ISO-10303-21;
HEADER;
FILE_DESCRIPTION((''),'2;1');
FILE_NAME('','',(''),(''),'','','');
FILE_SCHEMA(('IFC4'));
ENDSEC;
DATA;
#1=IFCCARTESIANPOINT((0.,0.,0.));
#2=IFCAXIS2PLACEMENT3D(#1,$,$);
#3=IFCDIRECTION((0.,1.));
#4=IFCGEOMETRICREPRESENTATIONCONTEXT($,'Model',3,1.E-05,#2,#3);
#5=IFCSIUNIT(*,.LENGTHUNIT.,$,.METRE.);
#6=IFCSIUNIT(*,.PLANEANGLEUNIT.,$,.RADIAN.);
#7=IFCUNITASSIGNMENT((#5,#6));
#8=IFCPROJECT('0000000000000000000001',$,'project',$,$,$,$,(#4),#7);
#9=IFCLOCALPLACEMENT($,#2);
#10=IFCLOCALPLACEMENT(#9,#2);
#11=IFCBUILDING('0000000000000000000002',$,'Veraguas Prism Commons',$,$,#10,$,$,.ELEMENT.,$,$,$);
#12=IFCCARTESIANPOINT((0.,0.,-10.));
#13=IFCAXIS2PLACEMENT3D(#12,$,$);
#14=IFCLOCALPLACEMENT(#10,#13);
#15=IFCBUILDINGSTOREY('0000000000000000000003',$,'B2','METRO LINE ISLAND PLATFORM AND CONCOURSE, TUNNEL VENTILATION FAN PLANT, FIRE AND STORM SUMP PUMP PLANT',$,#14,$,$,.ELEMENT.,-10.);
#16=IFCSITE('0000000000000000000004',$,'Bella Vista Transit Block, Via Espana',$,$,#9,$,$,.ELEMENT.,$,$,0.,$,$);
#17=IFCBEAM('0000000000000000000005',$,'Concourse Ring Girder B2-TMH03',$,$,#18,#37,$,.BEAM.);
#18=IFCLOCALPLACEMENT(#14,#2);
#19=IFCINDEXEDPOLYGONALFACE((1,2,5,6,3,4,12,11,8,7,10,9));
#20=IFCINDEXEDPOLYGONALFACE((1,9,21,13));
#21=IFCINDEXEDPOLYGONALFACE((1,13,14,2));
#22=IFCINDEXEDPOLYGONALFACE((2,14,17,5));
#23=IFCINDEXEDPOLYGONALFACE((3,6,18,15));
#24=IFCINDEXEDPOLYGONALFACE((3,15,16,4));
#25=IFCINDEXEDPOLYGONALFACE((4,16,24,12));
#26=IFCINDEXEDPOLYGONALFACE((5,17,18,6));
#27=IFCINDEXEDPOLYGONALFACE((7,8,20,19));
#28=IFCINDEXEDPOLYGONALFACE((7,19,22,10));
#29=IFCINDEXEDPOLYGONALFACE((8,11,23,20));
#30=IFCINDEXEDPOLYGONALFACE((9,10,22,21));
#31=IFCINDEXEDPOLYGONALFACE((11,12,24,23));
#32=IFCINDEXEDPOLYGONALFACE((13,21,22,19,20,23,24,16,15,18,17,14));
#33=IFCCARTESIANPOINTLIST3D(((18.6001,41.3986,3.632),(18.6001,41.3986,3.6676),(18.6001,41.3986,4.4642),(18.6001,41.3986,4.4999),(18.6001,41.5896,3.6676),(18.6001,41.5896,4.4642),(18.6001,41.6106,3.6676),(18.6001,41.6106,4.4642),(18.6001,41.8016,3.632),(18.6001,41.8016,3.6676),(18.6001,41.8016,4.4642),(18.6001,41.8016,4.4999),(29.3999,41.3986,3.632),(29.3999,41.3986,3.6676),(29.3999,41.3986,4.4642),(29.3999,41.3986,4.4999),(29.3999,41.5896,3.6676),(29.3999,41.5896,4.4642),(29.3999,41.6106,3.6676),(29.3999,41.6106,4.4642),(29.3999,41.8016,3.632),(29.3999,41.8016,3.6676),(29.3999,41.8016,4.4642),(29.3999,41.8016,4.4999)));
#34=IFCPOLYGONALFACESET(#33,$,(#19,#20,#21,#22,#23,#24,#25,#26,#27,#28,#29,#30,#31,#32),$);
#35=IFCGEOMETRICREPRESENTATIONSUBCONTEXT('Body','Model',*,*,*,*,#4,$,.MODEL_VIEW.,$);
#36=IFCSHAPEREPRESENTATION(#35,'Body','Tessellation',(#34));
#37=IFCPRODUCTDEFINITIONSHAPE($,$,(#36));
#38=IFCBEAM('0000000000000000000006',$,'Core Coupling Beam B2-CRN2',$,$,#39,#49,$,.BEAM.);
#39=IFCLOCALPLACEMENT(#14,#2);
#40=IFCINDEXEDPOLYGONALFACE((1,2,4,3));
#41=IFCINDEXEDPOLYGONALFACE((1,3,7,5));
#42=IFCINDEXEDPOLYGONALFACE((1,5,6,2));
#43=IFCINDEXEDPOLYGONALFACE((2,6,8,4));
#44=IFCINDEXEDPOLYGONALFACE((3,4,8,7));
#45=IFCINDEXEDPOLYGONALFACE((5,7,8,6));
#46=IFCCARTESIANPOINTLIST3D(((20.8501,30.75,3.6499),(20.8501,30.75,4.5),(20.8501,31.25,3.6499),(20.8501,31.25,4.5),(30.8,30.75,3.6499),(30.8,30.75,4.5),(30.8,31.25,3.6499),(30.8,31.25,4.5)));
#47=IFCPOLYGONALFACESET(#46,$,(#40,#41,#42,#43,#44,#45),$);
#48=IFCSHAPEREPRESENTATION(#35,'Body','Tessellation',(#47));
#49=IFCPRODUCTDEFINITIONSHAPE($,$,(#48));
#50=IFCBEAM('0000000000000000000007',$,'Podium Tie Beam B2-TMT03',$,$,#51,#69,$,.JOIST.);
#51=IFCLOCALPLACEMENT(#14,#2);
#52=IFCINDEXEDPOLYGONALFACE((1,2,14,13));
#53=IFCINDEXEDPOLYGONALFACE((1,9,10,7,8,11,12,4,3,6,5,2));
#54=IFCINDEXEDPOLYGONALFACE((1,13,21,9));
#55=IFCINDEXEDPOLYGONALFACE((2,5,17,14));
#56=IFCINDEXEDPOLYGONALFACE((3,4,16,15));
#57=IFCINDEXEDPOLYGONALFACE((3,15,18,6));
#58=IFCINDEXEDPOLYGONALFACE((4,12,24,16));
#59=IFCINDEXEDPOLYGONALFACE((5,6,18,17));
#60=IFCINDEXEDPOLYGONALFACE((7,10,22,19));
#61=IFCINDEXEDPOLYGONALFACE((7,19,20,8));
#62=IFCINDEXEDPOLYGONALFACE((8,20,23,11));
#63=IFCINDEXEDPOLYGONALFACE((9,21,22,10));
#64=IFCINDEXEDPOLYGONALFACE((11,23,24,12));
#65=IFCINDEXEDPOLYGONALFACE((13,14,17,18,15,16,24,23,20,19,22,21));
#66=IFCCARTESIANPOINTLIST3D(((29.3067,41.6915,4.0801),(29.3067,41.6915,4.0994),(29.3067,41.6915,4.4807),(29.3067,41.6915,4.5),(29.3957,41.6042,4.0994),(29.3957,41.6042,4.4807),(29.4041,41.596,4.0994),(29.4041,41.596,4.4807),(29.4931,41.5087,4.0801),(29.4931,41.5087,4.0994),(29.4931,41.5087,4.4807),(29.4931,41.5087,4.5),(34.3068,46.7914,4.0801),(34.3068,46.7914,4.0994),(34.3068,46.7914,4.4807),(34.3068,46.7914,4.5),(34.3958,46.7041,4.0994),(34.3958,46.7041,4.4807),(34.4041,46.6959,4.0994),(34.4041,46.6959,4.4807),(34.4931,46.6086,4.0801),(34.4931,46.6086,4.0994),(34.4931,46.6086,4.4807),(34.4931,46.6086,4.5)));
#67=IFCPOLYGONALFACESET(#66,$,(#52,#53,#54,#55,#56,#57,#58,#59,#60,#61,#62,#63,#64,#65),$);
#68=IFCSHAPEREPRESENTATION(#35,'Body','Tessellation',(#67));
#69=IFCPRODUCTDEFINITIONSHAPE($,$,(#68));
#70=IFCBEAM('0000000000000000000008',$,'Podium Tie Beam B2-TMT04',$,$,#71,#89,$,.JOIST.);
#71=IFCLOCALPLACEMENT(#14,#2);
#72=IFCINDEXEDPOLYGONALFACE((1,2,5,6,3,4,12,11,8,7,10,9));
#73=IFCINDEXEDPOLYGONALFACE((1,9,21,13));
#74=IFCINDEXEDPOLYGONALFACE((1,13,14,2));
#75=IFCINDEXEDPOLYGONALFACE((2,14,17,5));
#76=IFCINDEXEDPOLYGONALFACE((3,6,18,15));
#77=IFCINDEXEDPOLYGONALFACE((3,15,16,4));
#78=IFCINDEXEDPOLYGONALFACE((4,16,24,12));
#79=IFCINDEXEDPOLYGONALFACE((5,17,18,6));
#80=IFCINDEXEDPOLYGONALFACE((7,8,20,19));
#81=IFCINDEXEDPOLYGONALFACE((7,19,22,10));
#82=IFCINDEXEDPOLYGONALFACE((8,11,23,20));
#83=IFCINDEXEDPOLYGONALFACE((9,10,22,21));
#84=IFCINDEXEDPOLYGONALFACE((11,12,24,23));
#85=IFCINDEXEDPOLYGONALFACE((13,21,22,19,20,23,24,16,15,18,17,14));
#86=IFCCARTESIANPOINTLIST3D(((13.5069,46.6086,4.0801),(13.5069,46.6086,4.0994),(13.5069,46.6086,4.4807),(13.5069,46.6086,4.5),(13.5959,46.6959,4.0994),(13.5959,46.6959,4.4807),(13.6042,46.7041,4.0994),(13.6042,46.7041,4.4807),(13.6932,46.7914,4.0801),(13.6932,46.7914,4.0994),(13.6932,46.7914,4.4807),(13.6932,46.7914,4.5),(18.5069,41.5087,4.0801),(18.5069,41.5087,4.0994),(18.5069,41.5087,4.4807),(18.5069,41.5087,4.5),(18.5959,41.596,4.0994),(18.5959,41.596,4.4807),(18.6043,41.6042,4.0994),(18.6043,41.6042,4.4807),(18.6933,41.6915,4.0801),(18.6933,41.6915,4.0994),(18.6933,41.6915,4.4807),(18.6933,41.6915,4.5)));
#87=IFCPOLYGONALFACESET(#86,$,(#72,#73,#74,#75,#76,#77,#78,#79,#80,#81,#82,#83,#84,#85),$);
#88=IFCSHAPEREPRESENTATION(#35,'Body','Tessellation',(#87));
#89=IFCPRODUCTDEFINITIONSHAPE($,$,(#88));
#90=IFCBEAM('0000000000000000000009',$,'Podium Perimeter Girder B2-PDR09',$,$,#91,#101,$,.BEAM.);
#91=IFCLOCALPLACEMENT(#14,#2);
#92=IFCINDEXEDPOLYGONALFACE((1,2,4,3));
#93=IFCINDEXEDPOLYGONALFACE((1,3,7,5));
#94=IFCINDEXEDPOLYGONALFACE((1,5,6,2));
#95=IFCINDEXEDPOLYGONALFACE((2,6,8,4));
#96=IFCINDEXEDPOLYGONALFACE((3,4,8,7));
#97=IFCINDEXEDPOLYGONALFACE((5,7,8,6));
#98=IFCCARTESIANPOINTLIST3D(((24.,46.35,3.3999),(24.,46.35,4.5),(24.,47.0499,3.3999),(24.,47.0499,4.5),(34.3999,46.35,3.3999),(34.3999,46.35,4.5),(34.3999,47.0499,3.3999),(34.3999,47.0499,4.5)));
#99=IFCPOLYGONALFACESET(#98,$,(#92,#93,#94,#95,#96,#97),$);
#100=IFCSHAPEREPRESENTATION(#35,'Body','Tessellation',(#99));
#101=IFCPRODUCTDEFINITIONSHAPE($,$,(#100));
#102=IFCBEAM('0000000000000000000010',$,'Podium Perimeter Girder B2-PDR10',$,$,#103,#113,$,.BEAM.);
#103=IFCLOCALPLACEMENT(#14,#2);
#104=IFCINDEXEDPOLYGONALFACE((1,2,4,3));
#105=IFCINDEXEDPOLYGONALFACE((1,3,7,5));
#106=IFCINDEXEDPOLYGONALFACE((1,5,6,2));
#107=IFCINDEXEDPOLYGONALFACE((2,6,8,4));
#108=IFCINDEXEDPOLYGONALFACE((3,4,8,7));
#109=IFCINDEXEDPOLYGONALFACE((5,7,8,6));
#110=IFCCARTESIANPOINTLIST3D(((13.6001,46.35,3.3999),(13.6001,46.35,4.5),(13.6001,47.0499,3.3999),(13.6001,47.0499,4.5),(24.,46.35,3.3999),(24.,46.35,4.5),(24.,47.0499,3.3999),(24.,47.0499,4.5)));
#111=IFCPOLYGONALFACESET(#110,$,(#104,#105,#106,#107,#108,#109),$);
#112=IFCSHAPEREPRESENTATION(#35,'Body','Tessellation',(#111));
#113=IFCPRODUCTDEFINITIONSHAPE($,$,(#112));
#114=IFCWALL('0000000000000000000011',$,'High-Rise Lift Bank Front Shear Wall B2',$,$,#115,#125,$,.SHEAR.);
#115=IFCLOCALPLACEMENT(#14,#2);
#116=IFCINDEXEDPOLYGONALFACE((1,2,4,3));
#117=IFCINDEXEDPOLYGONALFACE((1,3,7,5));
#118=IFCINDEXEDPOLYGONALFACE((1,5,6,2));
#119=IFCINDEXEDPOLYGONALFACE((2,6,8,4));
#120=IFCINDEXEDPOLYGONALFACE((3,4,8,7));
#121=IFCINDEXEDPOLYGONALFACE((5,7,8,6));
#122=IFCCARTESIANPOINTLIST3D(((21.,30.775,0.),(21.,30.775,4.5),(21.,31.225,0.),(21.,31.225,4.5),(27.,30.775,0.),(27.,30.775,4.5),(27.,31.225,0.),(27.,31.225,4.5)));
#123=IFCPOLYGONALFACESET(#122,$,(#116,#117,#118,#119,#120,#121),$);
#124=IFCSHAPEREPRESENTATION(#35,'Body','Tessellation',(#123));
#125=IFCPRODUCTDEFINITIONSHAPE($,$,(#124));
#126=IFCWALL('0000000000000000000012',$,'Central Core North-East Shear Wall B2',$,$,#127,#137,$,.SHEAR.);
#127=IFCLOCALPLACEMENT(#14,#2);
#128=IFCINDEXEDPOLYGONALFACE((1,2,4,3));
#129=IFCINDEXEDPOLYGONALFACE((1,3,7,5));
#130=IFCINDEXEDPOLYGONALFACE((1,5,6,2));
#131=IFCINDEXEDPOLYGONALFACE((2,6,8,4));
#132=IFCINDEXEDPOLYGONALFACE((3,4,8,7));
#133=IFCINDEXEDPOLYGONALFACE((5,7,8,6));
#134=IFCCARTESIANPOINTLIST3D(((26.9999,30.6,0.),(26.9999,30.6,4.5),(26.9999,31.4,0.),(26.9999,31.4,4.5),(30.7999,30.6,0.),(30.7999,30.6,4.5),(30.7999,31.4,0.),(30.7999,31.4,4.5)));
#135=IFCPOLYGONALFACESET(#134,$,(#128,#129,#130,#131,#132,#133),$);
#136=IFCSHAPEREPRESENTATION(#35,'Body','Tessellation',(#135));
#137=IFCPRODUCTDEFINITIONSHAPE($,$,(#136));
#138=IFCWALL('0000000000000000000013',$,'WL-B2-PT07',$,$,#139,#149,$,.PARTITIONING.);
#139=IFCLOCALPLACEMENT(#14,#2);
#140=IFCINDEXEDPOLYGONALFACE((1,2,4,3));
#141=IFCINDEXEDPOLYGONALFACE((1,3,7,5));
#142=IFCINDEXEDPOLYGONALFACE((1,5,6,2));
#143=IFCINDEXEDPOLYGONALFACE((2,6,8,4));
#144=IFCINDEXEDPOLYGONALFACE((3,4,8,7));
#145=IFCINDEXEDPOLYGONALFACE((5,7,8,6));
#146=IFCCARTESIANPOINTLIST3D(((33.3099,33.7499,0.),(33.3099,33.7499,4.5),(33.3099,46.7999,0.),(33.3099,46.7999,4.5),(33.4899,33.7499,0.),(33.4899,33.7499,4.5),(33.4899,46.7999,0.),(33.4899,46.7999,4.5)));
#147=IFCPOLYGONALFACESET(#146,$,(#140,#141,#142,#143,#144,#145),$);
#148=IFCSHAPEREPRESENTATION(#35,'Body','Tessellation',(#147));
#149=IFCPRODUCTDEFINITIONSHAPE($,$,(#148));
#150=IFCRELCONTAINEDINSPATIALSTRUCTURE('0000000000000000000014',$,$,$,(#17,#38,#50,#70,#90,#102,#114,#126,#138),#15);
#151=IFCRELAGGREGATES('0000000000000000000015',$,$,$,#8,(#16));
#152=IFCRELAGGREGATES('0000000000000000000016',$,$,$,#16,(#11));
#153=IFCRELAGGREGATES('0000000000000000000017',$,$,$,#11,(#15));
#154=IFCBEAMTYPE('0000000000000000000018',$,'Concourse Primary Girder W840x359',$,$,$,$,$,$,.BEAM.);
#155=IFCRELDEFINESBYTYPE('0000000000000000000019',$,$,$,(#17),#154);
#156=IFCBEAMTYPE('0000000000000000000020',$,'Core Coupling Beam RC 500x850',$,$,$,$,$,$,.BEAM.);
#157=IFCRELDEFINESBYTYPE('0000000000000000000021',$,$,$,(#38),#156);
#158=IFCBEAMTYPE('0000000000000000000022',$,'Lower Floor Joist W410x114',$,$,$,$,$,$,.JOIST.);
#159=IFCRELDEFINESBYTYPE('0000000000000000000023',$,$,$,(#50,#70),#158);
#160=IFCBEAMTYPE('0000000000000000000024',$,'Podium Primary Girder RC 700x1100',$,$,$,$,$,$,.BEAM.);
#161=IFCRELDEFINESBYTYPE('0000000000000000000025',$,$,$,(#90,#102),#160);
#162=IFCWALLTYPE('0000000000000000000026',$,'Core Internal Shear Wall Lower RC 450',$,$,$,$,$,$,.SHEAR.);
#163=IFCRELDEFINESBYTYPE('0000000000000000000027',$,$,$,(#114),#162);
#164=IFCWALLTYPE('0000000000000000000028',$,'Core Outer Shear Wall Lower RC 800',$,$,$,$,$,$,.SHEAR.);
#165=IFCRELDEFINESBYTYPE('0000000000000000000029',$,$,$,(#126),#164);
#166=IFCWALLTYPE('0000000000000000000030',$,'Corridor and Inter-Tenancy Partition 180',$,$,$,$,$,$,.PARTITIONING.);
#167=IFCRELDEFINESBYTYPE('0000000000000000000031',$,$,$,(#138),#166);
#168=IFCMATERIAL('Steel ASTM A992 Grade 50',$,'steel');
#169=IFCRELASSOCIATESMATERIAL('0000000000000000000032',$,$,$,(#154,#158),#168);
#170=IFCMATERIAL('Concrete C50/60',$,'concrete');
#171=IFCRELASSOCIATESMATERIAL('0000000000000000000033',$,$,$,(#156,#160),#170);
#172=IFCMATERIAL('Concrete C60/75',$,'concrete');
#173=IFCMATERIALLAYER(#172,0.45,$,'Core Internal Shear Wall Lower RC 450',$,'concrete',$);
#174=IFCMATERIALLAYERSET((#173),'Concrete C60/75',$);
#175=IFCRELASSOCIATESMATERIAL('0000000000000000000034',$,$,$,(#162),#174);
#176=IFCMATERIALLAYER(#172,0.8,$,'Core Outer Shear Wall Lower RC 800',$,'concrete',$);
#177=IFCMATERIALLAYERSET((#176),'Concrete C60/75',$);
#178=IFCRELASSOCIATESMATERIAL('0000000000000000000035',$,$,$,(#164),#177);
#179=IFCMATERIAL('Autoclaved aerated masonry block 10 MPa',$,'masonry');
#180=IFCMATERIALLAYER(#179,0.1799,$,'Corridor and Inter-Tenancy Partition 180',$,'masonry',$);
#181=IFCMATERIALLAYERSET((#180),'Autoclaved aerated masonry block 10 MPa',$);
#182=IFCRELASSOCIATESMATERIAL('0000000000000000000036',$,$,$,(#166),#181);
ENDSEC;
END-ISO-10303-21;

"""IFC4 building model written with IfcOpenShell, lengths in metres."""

from ifc_helpers import new_model, si_unit, direction, frame, frame_2d, origin, origin_2d, place, context, subcontext, project, spatial, rectangle, i_section, extrude, material, layer, layer_set, material_profile, profile_set, type_object, element, save


model = new_model("IFC4")

# Units and contexts
model_context = context("Model", 3, precision=1e-05, world=origin(), true_north=direction((0.0, 1.0)))
body_context = subcontext(model_context, "Body", "Model", "MODEL_VIEW")
ifc_project = project(units=[si_unit("LENGTHUNIT", "METRE"), si_unit("PLANEANGLEUNIT", "RADIAN")], contexts=[model_context])

# Site, building, storey
site_placement = place(None, origin())
site = spatial("IfcSite", under=ifc_project, at=site_placement, Name="Bella Vista Transit Block, Via Espana", CompositionType="ELEMENT", RefElevation=0.0)
building_placement = place(site_placement, origin())
building = spatial("IfcBuilding", under=site, at=building_placement, Name="Veraguas Prism Commons", CompositionType="ELEMENT")
storey_placement = place(building_placement, frame((0.0, 0.0, -10.0)))
storey = spatial("IfcBuildingStorey", under=building, at=storey_placement, Name="B2", Description="METRO LINE ISLAND PLATFORM AND CONCOURSE, TUNNEL VENTILATION FAN PLANT, FIRE AND STORM SUMP PUMP PLANT", CompositionType="ELEMENT", Elevation=-10.0)

# Shared definitions
ifc_material_1 = material(Name="Concrete C60/75", Category="concrete")

# Beams
ifc_material_2 = material(Name="Steel ASTM A992 Grade 50", Category="steel")
ifc_material_profile_1 = material_profile(ifc_material_2, i_section(OverallWidth=0.4031, OverallDepth=0.8679, WebThickness=0.021, FlangeThickness=0.0356, at=origin_2d()), Name="W840X359")
ifc_profile_set_1 = profile_set([ifc_material_profile_1], Name="Steel ASTM A992 Grade 50")
beam_type_1 = type_object("IfcBeamType", Name="Concourse Primary Girder W840x359", PredefinedType="BEAM", material=ifc_profile_set_1)
beam_1_placement = place(storey_placement, frame((29.3999, 41.6001, 4.0659), z_axis=(-1.0, 0.0, 0.0), x_axis=(0.0, -1.0, 0.0)))
element("IfcBeam", 1, at=beam_1_placement, inside=storey, type_object=beam_type_1, Name="Concourse Ring Girder B2-TMH03", PredefinedType="BEAM", context=body_context, shape_type="SweptSolid", body=[
    extrude(i_section(OverallWidth=0.4031, OverallDepth=0.8679, WebThickness=0.021, FlangeThickness=0.0356, at=origin_2d()), origin(), (0.0, 0.0, 1.0), 10.7998),
])
ifc_material_3 = material(Name="Concrete C50/60", Category="concrete")
ifc_material_profile_2 = material_profile(ifc_material_3, rectangle(XDim=0.5, YDim=0.8501, at=origin_2d()), Name="RC500X850")
ifc_profile_set_2 = profile_set([ifc_material_profile_2], Name="Concrete C50/60")
beam_type_2 = type_object("IfcBeamType", Name="Core Coupling Beam RC 500x850", PredefinedType="BEAM", material=ifc_profile_set_2)
beam_2_placement = place(storey_placement, frame((20.8501, 31.0, 4.075), z_axis=(1.0, 0.0, 0.0), x_axis=(0.0, 1.0, 0.0)))
element("IfcBeam", 2, at=beam_2_placement, inside=storey, type_object=beam_type_2, Name="Core Coupling Beam B2-CRN2", PredefinedType="BEAM", context=body_context, shape_type="SweptSolid", body=[
    extrude(rectangle(XDim=0.5, YDim=0.8501, at=origin_2d()), origin(), (0.0, 0.0, 1.0), 9.95),
])
ifc_material_profile_3 = material_profile(ifc_material_2, i_section(OverallWidth=0.261, OverallDepth=0.4199, WebThickness=0.0117, FlangeThickness=0.0193, at=origin_2d()), Name="W410X114")
ifc_profile_set_3 = profile_set([ifc_material_profile_3], Name="Steel ASTM A992 Grade 50")
beam_type_3 = type_object("IfcBeamType", Name="Lower Floor Joist W410x114", PredefinedType="JOIST", material=ifc_profile_set_3)
for number, where, z_axis, x_axis, name in (
    (3, (29.3999, 41.6001, 4.29), (0.700082, 0.714063, 0.0), (-0.714063, 0.700082, 0.0), "Podium Tie Beam B2-TMT03"),
    (4, (18.6001, 41.6001, 4.29), (-0.700082, 0.714063, 0.0), (-0.714063, -0.700082, 0.0), "Podium Tie Beam B2-TMT04"),
):
    element("IfcBeam", number, at=place(storey_placement, frame(where, z_axis=z_axis, x_axis=x_axis)), inside=storey, type_object=beam_type_3, Name=name, PredefinedType="JOIST", context=body_context, shape_type="SweptSolid", body=[
        extrude(i_section(OverallWidth=0.261, OverallDepth=0.4199, WebThickness=0.0117, FlangeThickness=0.0193, at=origin_2d()), origin(), (0.0, 0.0, 1.0), 7.1421),
    ])
ifc_material_profile_4 = material_profile(ifc_material_3, rectangle(XDim=0.7, YDim=1.1001, at=origin_2d()), Name="RC700X1100")
ifc_profile_set_4 = profile_set([ifc_material_profile_4], Name="Concrete C50/60")
beam_type_4 = type_object("IfcBeamType", Name="Podium Primary Girder RC 700x1100", PredefinedType="BEAM", material=ifc_profile_set_4)
for number, where, z_axis, x_axis, name in (
    (5, (34.3999, 46.7, 3.95), (-1.0, 0.0, 0.0), (0.0, -1.0, 0.0), "Podium Perimeter Girder B2-PDR09"),
    (6, (24.0, 46.7, 3.95), (-1.0, 0.0, 0.0), (0.0, -1.0, 0.0), "Podium Perimeter Girder B2-PDR10"),
):
    element("IfcBeam", number, at=place(storey_placement, frame(where, z_axis=z_axis, x_axis=x_axis)), inside=storey, type_object=beam_type_4, Name=name, PredefinedType="BEAM", context=body_context, shape_type="SweptSolid", body=[
        extrude(rectangle(XDim=0.7, YDim=1.1001, at=origin_2d()), origin(), (0.0, 0.0, 1.0), 10.3999),
    ])

# Walls
ifc_layer_1 = layer(ifc_material_1, 0.45, Name="Core Internal Shear Wall Lower RC 450", Category="concrete")
ifc_layer_set_1 = layer_set([ifc_layer_1], Name="Concrete C60/75")
wall_type_1 = type_object("IfcWallType", Name="Core Internal Shear Wall Lower RC 450", PredefinedType="SHEAR", material=ifc_layer_set_1)
wall_1_placement = place(storey_placement, frame((21.0, 31.0, 0.0), z_axis=(0.0, 0.0, 1.0), x_axis=(1.0, 0.0, 0.0)))
element("IfcWall", 7, at=wall_1_placement, inside=storey, type_object=wall_type_1, Name="High-Rise Lift Bank Front Shear Wall B2", PredefinedType="SHEAR", context=body_context, shape_type="SweptSolid", body=[
    extrude(rectangle(XDim=6.0, YDim=0.45, at=frame_2d((3.0, 0.0))), origin(), (0.0, 0.0, 1.0), 4.5),
])
ifc_layer_2 = layer(ifc_material_1, 0.8, Name="Core Outer Shear Wall Lower RC 800", Category="concrete")
ifc_layer_set_2 = layer_set([ifc_layer_2], Name="Concrete C60/75")
wall_type_2 = type_object("IfcWallType", Name="Core Outer Shear Wall Lower RC 800", PredefinedType="SHEAR", material=ifc_layer_set_2)
wall_2_placement = place(storey_placement, frame((27.0, 31.0, 0.0), z_axis=(0.0, 0.0, 1.0), x_axis=(1.0, 0.0, 0.0)))
element("IfcWall", 8, at=wall_2_placement, inside=storey, type_object=wall_type_2, Name="Central Core North-East Shear Wall B2", PredefinedType="SHEAR", context=body_context, shape_type="SweptSolid", body=[
    extrude(rectangle(XDim=3.8, YDim=0.8, at=frame_2d((1.8999, 0.0))), origin(), (0.0, 0.0, 1.0), 4.5),
])
ifc_material_4 = material(Name="Autoclaved aerated masonry block 10 MPa", Category="masonry")
ifc_layer_3 = layer(ifc_material_4, 0.1799, Name="Corridor and Inter-Tenancy Partition 180", Category="masonry")
ifc_layer_set_3 = layer_set([ifc_layer_3], Name="Autoclaved aerated masonry block 10 MPa")
wall_type_3 = type_object("IfcWallType", Name="Corridor and Inter-Tenancy Partition 180", PredefinedType="PARTITIONING", material=ifc_layer_set_3)
wall_3_placement = place(storey_placement, frame((33.3999, 33.75, 0.0), z_axis=(0.0, 0.0, 1.0), x_axis=(0.0, 1.0, 0.0)))
element("IfcWall", 9, at=wall_3_placement, inside=storey, type_object=wall_type_3, Name="WL-B2-PT07", PredefinedType="PARTITIONING", context=body_context, shape_type="SweptSolid", body=[
    extrude(rectangle(XDim=13.05, YDim=0.1799, at=frame_2d((6.5249, 0.0))), origin(), (0.0, 0.0, 1.0), 4.5),
])

save(model, "model.ifc")
